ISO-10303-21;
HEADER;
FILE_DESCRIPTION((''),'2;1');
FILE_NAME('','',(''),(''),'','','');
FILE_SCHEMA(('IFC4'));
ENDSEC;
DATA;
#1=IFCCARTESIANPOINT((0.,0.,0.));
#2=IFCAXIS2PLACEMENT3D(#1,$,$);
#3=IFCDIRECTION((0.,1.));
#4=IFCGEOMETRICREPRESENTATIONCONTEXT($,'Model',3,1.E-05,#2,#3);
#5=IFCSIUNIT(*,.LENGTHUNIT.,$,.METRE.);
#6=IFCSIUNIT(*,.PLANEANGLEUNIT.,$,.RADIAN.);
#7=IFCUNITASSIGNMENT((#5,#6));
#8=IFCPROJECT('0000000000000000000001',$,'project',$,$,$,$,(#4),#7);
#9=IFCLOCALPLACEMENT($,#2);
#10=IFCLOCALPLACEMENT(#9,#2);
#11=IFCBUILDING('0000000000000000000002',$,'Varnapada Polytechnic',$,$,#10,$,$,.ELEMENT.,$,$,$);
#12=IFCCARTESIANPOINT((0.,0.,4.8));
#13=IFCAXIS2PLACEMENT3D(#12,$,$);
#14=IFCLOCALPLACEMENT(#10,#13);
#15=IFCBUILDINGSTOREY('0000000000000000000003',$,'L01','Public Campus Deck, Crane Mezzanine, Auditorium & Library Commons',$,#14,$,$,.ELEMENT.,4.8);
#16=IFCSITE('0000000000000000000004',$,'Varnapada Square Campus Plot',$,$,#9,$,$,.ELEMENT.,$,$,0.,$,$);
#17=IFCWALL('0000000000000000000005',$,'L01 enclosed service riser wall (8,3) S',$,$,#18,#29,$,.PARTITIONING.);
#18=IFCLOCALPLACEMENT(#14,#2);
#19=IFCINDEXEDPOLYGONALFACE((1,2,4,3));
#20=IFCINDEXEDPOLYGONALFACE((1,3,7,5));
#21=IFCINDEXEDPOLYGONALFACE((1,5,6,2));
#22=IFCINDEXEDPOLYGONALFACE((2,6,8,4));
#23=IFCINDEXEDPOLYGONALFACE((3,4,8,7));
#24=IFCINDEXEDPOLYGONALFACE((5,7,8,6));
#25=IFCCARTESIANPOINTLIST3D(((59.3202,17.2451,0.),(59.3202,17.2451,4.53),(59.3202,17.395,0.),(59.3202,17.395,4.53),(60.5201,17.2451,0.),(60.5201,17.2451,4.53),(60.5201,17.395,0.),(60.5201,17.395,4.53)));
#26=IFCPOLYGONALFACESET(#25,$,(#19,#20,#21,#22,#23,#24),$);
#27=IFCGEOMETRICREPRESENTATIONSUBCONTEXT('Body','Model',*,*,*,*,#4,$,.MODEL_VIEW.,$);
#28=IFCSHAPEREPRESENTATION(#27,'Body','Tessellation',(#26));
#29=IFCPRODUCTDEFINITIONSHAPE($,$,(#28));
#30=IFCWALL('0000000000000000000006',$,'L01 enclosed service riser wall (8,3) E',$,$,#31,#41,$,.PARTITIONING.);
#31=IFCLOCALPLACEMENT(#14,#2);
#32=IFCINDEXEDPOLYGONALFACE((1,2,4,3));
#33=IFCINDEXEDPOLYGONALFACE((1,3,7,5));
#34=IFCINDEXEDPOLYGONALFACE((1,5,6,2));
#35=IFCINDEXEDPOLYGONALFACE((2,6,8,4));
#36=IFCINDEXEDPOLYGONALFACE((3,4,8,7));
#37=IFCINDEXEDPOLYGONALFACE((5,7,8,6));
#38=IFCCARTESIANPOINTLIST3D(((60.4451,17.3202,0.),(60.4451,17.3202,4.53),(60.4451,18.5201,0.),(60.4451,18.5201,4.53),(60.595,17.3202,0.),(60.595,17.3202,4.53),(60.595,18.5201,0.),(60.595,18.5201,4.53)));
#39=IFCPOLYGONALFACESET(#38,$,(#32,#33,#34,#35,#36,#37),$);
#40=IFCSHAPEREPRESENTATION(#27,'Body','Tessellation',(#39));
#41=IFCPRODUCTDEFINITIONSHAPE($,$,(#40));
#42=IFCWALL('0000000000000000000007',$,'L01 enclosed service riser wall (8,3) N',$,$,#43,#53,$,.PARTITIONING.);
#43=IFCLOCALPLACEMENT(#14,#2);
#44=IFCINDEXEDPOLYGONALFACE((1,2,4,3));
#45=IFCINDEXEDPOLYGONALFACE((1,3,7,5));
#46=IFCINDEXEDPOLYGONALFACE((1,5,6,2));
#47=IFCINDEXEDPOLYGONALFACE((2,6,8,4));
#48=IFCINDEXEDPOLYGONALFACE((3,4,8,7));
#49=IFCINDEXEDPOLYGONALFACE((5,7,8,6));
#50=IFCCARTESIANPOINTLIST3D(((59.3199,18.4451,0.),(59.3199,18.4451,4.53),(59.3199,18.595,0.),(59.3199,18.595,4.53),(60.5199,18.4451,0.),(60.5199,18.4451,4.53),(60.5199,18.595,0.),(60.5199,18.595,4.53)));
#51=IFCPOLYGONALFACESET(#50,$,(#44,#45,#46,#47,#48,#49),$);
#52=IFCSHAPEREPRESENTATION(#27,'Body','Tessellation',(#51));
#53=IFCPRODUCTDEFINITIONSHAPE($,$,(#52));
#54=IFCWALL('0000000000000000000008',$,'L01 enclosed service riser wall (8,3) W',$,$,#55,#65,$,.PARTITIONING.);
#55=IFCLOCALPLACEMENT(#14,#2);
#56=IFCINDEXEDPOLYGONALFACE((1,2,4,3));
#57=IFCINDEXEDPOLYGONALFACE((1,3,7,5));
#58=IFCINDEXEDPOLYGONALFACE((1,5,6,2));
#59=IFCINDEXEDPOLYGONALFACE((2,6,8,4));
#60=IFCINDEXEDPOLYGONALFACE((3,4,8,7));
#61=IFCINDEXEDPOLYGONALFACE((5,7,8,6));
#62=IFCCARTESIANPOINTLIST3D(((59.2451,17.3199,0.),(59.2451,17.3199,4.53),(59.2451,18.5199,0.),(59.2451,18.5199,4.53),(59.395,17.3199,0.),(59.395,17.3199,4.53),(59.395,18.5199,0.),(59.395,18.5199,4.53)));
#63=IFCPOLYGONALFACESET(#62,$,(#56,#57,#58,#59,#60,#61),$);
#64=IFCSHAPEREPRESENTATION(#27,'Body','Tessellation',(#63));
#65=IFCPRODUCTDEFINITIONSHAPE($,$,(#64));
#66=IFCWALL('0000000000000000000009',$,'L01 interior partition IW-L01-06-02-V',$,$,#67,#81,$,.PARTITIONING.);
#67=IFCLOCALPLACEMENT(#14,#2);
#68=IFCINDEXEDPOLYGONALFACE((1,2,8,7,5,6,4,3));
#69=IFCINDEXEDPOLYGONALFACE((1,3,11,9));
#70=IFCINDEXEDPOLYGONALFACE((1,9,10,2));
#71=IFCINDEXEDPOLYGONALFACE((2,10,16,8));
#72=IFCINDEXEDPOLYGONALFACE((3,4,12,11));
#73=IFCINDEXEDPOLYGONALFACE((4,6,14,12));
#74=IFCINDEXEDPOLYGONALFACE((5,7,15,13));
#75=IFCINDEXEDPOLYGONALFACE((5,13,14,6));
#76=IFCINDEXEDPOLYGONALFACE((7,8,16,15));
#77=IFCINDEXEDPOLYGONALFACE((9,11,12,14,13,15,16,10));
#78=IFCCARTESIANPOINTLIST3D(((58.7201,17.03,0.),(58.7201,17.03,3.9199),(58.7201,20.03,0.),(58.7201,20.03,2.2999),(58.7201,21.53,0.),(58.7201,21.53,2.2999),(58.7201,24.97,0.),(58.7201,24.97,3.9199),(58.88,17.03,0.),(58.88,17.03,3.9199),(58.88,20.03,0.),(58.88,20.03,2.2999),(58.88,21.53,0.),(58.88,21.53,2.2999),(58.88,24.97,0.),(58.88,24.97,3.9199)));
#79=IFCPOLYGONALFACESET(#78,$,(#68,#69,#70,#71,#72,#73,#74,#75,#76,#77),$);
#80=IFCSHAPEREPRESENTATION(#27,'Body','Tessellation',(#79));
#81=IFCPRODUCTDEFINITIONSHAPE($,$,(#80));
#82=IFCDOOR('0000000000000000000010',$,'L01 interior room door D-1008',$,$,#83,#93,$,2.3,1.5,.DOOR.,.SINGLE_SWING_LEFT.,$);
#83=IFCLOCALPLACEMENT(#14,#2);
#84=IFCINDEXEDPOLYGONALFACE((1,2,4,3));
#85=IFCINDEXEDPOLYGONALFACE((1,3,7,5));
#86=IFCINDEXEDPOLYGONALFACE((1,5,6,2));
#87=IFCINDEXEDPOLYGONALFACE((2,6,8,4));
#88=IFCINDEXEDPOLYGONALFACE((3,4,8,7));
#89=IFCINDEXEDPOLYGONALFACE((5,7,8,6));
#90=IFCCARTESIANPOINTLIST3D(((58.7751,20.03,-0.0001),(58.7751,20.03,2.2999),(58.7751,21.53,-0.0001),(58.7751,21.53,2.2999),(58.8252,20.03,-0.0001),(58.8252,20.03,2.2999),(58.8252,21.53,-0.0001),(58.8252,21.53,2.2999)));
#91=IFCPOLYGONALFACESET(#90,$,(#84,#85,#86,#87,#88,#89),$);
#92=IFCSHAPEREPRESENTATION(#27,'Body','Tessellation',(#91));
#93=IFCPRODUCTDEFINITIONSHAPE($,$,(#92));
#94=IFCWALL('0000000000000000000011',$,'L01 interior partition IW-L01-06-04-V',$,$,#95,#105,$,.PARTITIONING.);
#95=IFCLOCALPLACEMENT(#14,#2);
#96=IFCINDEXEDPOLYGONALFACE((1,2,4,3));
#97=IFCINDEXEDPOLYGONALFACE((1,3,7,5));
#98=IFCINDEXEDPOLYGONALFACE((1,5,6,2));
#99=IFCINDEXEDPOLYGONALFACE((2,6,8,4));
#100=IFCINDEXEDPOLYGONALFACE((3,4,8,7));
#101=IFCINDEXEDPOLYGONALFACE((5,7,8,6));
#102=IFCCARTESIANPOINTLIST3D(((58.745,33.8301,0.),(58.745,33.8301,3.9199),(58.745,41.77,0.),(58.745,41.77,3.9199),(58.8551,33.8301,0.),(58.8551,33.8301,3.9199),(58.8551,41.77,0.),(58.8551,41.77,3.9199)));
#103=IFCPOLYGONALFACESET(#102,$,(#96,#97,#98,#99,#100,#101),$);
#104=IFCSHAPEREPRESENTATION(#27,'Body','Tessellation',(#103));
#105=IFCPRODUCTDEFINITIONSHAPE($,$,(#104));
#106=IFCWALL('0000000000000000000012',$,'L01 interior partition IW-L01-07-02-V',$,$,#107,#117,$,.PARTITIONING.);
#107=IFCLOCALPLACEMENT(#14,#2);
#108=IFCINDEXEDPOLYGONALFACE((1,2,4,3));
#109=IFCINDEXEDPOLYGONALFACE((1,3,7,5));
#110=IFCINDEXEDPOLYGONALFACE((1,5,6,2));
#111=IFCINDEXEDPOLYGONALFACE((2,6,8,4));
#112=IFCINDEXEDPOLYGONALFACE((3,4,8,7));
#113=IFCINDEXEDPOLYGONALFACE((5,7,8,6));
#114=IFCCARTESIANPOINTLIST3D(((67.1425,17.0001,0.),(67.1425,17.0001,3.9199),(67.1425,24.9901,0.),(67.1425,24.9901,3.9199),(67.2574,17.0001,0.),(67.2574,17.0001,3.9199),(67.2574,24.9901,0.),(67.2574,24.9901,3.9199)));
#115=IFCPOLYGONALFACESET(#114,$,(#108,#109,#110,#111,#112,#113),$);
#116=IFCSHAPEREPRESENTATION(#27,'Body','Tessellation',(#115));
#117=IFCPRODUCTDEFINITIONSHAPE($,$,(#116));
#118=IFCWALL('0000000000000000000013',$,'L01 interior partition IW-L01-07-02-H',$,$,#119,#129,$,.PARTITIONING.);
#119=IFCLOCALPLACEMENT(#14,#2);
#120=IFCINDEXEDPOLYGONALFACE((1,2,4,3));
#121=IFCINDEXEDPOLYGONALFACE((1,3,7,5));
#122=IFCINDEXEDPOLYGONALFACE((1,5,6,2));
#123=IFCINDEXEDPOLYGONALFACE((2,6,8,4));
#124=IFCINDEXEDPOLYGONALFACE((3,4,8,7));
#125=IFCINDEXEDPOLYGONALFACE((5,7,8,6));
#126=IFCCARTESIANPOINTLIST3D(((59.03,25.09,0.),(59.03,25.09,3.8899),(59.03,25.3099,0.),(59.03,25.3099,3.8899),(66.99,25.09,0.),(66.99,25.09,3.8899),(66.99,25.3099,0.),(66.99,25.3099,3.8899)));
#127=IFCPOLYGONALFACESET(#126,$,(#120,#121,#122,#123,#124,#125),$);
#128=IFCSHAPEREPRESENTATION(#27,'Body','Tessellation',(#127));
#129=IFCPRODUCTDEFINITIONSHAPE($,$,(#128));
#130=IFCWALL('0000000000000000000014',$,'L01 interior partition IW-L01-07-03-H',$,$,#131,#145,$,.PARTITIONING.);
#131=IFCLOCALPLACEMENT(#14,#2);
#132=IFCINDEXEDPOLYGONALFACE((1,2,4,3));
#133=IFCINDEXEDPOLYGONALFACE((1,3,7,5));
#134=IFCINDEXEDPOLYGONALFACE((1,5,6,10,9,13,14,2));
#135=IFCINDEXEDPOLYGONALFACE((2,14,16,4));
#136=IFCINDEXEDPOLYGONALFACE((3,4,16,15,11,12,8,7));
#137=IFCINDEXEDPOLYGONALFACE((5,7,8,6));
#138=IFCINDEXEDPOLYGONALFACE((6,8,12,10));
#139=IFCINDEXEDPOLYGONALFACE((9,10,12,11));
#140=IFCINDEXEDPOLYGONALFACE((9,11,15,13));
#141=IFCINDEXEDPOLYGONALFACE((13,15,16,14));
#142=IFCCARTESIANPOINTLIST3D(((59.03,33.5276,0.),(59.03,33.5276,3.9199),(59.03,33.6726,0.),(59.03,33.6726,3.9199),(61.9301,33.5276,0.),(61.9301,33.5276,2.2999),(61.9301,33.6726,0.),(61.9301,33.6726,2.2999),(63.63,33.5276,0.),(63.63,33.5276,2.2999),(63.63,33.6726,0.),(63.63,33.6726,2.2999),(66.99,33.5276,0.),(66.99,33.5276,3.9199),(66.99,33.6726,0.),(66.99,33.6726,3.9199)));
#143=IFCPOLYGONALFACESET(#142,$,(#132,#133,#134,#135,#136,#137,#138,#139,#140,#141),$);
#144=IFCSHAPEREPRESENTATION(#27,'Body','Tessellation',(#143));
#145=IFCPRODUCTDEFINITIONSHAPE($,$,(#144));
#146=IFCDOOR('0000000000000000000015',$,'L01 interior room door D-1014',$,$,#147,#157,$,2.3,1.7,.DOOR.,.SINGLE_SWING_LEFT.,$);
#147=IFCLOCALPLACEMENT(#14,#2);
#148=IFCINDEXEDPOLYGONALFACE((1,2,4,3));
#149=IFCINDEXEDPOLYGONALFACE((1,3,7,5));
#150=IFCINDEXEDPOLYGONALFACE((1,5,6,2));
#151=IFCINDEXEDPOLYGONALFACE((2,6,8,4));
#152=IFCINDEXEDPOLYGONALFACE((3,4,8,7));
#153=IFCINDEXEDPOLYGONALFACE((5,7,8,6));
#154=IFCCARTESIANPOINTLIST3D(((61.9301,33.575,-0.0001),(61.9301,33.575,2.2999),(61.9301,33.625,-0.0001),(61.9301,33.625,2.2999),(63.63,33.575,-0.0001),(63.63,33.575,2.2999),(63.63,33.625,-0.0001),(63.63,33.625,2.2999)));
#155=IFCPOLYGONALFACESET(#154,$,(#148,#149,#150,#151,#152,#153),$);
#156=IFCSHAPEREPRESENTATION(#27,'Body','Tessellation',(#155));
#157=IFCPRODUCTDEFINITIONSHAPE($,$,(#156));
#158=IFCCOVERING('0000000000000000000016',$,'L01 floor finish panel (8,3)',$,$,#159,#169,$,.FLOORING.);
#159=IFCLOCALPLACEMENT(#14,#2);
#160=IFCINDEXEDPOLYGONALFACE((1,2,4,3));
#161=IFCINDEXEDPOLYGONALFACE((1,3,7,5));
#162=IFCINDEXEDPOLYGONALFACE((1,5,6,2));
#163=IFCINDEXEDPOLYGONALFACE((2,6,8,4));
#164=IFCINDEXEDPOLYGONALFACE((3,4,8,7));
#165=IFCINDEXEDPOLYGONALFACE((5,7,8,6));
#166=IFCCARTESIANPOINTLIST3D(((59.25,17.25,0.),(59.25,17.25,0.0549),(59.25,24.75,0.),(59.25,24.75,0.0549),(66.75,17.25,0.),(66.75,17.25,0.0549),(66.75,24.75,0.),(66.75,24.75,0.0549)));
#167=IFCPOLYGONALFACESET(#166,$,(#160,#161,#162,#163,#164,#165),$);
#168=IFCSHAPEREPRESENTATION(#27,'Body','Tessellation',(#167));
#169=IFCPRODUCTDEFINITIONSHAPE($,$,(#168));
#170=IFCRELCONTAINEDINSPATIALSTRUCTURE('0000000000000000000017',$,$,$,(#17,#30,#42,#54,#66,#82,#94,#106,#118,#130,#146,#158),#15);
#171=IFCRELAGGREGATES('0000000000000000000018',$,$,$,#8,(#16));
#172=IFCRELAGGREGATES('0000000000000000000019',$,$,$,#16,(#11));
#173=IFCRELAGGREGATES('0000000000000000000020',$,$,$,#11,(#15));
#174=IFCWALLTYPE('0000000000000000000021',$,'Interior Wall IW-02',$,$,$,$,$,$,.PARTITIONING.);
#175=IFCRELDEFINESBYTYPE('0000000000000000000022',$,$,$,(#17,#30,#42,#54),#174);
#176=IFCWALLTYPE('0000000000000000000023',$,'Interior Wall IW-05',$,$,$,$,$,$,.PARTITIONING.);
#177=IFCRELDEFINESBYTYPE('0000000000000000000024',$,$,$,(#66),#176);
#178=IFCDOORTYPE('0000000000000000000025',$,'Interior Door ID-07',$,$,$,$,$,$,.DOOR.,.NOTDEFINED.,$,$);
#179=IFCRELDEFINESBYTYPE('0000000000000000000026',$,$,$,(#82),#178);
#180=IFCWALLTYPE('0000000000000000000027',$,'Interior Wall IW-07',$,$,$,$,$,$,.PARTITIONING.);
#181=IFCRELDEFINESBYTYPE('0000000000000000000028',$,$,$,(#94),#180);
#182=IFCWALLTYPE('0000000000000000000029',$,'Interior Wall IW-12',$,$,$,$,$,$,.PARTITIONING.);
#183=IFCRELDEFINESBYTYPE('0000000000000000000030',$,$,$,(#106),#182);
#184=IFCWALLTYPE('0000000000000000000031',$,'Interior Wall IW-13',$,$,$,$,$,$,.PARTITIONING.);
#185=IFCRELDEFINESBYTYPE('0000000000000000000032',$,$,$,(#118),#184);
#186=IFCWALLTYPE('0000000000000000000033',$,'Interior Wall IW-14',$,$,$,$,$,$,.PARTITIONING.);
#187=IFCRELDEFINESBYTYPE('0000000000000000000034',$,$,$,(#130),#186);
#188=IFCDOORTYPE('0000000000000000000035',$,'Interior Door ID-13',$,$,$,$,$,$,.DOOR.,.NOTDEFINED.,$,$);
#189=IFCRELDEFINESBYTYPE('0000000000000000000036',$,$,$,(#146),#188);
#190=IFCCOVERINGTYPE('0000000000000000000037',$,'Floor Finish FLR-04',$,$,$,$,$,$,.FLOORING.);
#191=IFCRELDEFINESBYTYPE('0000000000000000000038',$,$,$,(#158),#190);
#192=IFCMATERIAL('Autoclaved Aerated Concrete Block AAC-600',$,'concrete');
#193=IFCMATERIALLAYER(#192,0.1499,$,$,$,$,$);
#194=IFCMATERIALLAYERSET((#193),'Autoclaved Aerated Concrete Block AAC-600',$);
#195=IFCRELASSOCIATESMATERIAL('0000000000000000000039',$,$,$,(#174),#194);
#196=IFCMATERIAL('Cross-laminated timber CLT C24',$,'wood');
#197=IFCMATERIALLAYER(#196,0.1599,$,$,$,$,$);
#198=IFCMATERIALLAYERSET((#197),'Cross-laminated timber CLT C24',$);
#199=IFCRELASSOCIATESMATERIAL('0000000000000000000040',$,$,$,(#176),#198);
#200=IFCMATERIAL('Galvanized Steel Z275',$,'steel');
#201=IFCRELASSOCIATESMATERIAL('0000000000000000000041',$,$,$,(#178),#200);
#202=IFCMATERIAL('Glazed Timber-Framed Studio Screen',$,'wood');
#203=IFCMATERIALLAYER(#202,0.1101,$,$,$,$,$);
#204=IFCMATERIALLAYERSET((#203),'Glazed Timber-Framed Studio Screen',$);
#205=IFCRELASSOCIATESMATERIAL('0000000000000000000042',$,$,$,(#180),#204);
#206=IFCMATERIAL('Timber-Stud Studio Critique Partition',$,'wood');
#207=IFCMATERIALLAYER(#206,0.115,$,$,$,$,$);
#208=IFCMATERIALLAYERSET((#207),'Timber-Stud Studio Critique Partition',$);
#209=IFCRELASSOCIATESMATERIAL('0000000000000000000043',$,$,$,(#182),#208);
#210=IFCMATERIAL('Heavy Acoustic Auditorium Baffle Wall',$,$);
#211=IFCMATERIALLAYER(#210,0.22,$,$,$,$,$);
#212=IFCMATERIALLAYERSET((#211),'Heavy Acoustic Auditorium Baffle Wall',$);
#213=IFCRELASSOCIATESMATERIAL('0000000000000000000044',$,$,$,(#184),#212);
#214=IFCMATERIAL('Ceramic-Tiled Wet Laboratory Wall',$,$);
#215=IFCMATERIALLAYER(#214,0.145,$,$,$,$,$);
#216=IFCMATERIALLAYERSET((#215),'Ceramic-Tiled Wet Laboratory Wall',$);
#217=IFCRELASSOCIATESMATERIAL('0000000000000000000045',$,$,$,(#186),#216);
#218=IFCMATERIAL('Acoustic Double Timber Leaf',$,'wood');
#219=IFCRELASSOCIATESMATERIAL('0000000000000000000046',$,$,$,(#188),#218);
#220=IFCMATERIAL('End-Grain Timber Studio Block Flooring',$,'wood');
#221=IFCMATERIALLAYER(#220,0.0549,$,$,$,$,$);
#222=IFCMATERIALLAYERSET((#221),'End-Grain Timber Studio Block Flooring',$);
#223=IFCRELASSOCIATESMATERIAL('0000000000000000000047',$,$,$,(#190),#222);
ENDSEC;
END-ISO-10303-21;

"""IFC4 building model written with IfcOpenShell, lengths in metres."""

from ifc_helpers import new_model, si_unit, direction, frame, frame_2d, origin, origin_2d, place, context, subcontext, project, spatial, rectangle, extrude, material, layer, layer_set, type_object, element, fill, save


model = new_model("IFC4")

# Units and contexts
model_context = context("Model", 3, precision=1e-05, world=origin(), true_north=direction((0.0, 1.0)))
body_context = subcontext(model_context, "Body", "Model", "MODEL_VIEW")
ifc_project = project(units=[si_unit("LENGTHUNIT", "METRE"), si_unit("PLANEANGLEUNIT", "RADIAN")], contexts=[model_context])

# Site, building, storey
site_placement = place(None, origin())
site = spatial("IfcSite", under=ifc_project, at=site_placement, Name="Varnapada Square Campus Plot", CompositionType="ELEMENT", RefElevation=0.0)
building_placement = place(site_placement, origin())
building = spatial("IfcBuilding", under=site, at=building_placement, Name="Varnapada Polytechnic", CompositionType="ELEMENT")
storey_placement = place(building_placement, frame((0.0, 0.0, 4.8)))
storey = spatial("IfcBuildingStorey", under=building, at=storey_placement, Name="L01", Description="Public Campus Deck, Crane Mezzanine, Auditorium & Library Commons", CompositionType="ELEMENT", Elevation=4.8)

# Walls
ifc_material_1 = material(Name="Autoclaved Aerated Concrete Block AAC-600", Category="concrete")
ifc_layer_1 = layer(ifc_material_1, 0.1499)
ifc_layer_set_1 = layer_set([ifc_layer_1], Name="Autoclaved Aerated Concrete Block AAC-600")
wall_type_1 = type_object("IfcWallType", Name="Interior Wall IW-02", PredefinedType="PARTITIONING", material=ifc_layer_set_1)
for number, where, z_axis, x_axis, name in (
    (1, (59.3201, 17.3201, 0.0), (0.0, 0.0, 1.0), (1.0, 0.0, 0.0), "L01 enclosed service riser wall (8,3) S"),
    (2, (60.52, 17.3201, 0.0), (0.0, 0.0, 1.0), (0.0, 1.0, 0.0), "L01 enclosed service riser wall (8,3) E"),
    (3, (60.52, 18.52, 0.0), (0.0, 0.0, 1.0), (-1.0, 0.0, 0.0), "L01 enclosed service riser wall (8,3) N"),
    (4, (59.3201, 18.52, 0.0), (0.0, 0.0, 1.0), (0.0, -1.0, 0.0), "L01 enclosed service riser wall (8,3) W"),
):
    element("IfcWall", number, at=place(storey_placement, frame(where, z_axis=z_axis, x_axis=x_axis)), inside=storey, type_object=wall_type_1, Name=name, PredefinedType="PARTITIONING", context=body_context, shape_type="SweptSolid", body=[
        extrude(rectangle(XDim=1.2, YDim=0.1499, at=frame_2d((0.6001, 0.0))), origin(), (0.0, 0.0, 1.0), 4.53),
    ])

# Wall, opening, door
ifc_material_2 = material(Name="Cross-laminated timber CLT C24", Category="wood")
ifc_layer_2 = layer(ifc_material_2, 0.1599)
ifc_layer_set_2 = layer_set([ifc_layer_2], Name="Cross-laminated timber CLT C24")
wall_type_2 = type_object("IfcWallType", Name="Interior Wall IW-05", PredefinedType="PARTITIONING", material=ifc_layer_set_2)
wall_1_placement = place(storey_placement, frame((58.8, 17.03, 0.0), z_axis=(0.0, 0.0, 1.0), x_axis=(0.0, 1.0, 0.0)))
wall_1 = element("IfcWall", 5, at=wall_1_placement, inside=storey, type_object=wall_type_2, Name="L01 interior partition IW-L01-06-02-V", PredefinedType="PARTITIONING", context=body_context, shape_type="SweptSolid", body=[
    extrude(rectangle(XDim=7.9399, YDim=0.1599, at=frame_2d((3.97, 0.0))), origin(), (0.0, 0.0, 1.0), 3.9199),
])
opening_1_placement = place(wall_1_placement, frame((3.0, 0.0, 0.0)))
opening_1 = element("IfcOpeningElement", 6, at=opening_1_placement, cuts=wall_1, PredefinedType="OPENING", context=body_context, shape_type="SweptSolid", body=[
    extrude(rectangle(XDim=1.5, YDim=2.3, at=frame_2d((0.75, 1.1499))), frame((0.0, 0.0898, 0.0), z_axis=(0.0, -1.0, 0.0), x_axis=(1.0, 0.0, 0.0)), (0.0, 0.0, 1.0), 0.1799),
])
ifc_material_3 = material(Name="Galvanized Steel Z275", Category="steel")
door_type_1 = type_object("IfcDoorType", Name="Interior Door ID-07", OperationType="NOTDEFINED", PredefinedType="DOOR", material=ifc_material_3)
door_1_placement = place(opening_1_placement, origin())
door_1 = element("IfcDoor", 7, at=door_1_placement, inside=storey, type_object=door_type_1, Name="L01 interior room door D-1008", OperationType="SINGLE_SWING_LEFT", OverallHeight=2.3, OverallWidth=1.5, PredefinedType="DOOR", context=body_context, shape_type="SweptSolid", body=[
    extrude(rectangle(XDim=1.5, YDim=2.3, at=frame_2d((0.75, 1.1499))), frame((0.0, 0.0249, 0.0), z_axis=(0.0, -1.0, 0.0), x_axis=(1.0, 0.0, 0.0)), (0.0, 0.0, 1.0), 0.05),
])
fill(opening_1, door_1)

# Walls
ifc_material_4 = material(Name="Glazed Timber-Framed Studio Screen", Category="wood")
ifc_layer_3 = layer(ifc_material_4, 0.1101)
ifc_layer_set_3 = layer_set([ifc_layer_3], Name="Glazed Timber-Framed Studio Screen")
wall_type_3 = type_object("IfcWallType", Name="Interior Wall IW-07", PredefinedType="PARTITIONING", material=ifc_layer_set_3)
wall_2_placement = place(storey_placement, frame((58.8, 33.8301, 0.0), z_axis=(0.0, 0.0, 1.0), x_axis=(0.0, 1.0, 0.0)))
element("IfcWall", 8, at=wall_2_placement, inside=storey, type_object=wall_type_3, Name="L01 interior partition IW-L01-06-04-V", PredefinedType="PARTITIONING", context=body_context, shape_type="SweptSolid", body=[
    extrude(rectangle(XDim=7.9399, YDim=0.1101, at=frame_2d((3.97, 0.0))), origin(), (0.0, 0.0, 1.0), 3.9199),
])
ifc_material_5 = material(Name="Timber-Stud Studio Critique Partition", Category="wood")
ifc_layer_4 = layer(ifc_material_5, 0.115)
ifc_layer_set_4 = layer_set([ifc_layer_4], Name="Timber-Stud Studio Critique Partition")
wall_type_4 = type_object("IfcWallType", Name="Interior Wall IW-12", PredefinedType="PARTITIONING", material=ifc_layer_set_4)
wall_3_placement = place(storey_placement, frame((67.2, 17.0, 0.0), z_axis=(0.0, 0.0, 1.0), x_axis=(0.0, 1.0, 0.0)))
element("IfcWall", 9, at=wall_3_placement, inside=storey, type_object=wall_type_4, Name="L01 interior partition IW-L01-07-02-V", PredefinedType="PARTITIONING", context=body_context, shape_type="SweptSolid", body=[
    extrude(rectangle(XDim=7.99, YDim=0.115, at=frame_2d((3.9951, 0.0))), origin(), (0.0, 0.0, 1.0), 3.9199),
])
ifc_material_6 = material(Name="Heavy Acoustic Auditorium Baffle Wall")
ifc_layer_5 = layer(ifc_material_6, 0.22)
ifc_layer_set_5 = layer_set([ifc_layer_5], Name="Heavy Acoustic Auditorium Baffle Wall")
wall_type_5 = type_object("IfcWallType", Name="Interior Wall IW-13", PredefinedType="PARTITIONING", material=ifc_layer_set_5)
wall_4_placement = place(storey_placement, frame((59.03, 25.2, 0.0), z_axis=(0.0, 0.0, 1.0), x_axis=(1.0, 0.0, 0.0)))
element("IfcWall", 10, at=wall_4_placement, inside=storey, type_object=wall_type_5, Name="L01 interior partition IW-L01-07-02-H", PredefinedType="PARTITIONING", context=body_context, shape_type="SweptSolid", body=[
    extrude(rectangle(XDim=7.96, YDim=0.22, at=frame_2d((3.98, 0.0))), origin(), (0.0, 0.0, 1.0), 3.8899),
])

# Wall, opening, door
ifc_material_7 = material(Name="Ceramic-Tiled Wet Laboratory Wall")
ifc_layer_6 = layer(ifc_material_7, 0.145)
ifc_layer_set_6 = layer_set([ifc_layer_6], Name="Ceramic-Tiled Wet Laboratory Wall")
wall_type_6 = type_object("IfcWallType", Name="Interior Wall IW-14", PredefinedType="PARTITIONING", material=ifc_layer_set_6)
wall_5_placement = place(storey_placement, frame((59.03, 33.6001, 0.0), z_axis=(0.0, 0.0, 1.0), x_axis=(1.0, 0.0, 0.0)))
wall_5 = element("IfcWall", 11, at=wall_5_placement, inside=storey, type_object=wall_type_6, Name="L01 interior partition IW-L01-07-03-H", PredefinedType="PARTITIONING", context=body_context, shape_type="SweptSolid", body=[
    extrude(rectangle(XDim=7.96, YDim=0.145, at=frame_2d((3.98, 0.0))), origin(), (0.0, 0.0, 1.0), 3.9199),
])
opening_2_placement = place(wall_5_placement, frame((2.8999, 0.0, 0.0)))
opening_2 = element("IfcOpeningElement", 12, at=opening_2_placement, cuts=wall_5, PredefinedType="OPENING", context=body_context, shape_type="SweptSolid", body=[
    extrude(rectangle(XDim=1.7, YDim=2.3, at=frame_2d((0.8501, 1.1499))), frame((0.0, 0.0825, 0.0), z_axis=(0.0, -1.0, 0.0), x_axis=(1.0, 0.0, 0.0)), (0.0, 0.0, 1.0), 0.165),
])
ifc_material_8 = material(Name="Acoustic Double Timber Leaf", Category="wood")
door_type_2 = type_object("IfcDoorType", Name="Interior Door ID-13", OperationType="NOTDEFINED", PredefinedType="DOOR", material=ifc_material_8)
door_2_placement = place(opening_2_placement, origin())
door_2 = element("IfcDoor", 13, at=door_2_placement, inside=storey, type_object=door_type_2, Name="L01 interior room door D-1014", OperationType="SINGLE_SWING_LEFT", OverallHeight=2.3, OverallWidth=1.7, PredefinedType="DOOR", context=body_context, shape_type="SweptSolid", body=[
    extrude(rectangle(XDim=1.7, YDim=2.3, at=frame_2d((0.8501, 1.1499))), frame((0.0, 0.0249, 0.0), z_axis=(0.0, -1.0, 0.0), x_axis=(1.0, 0.0, 0.0)), (0.0, 0.0, 1.0), 0.05),
])
fill(opening_2, door_2)

# Covering
ifc_material_9 = material(Name="End-Grain Timber Studio Block Flooring", Category="wood")
ifc_layer_7 = layer(ifc_material_9, 0.0549)
ifc_layer_set_7 = layer_set([ifc_layer_7], Name="End-Grain Timber Studio Block Flooring")
covering_type_1 = type_object("IfcCoveringType", Name="Floor Finish FLR-04", PredefinedType="FLOORING", material=ifc_layer_set_7)
covering_1_placement = place(storey_placement, frame((63.0, 21.0, 0.0), z_axis=(0.0, 0.0, 1.0), x_axis=(1.0, 0.0, 0.0)))
element("IfcCovering", 14, at=covering_1_placement, inside=storey, type_object=covering_type_1, Name="L01 floor finish panel (8,3)", PredefinedType="FLOORING", context=body_context, shape_type="SweptSolid", body=[
    extrude(rectangle(XDim=7.5, YDim=7.5, at=origin_2d()), origin(), (0.0, 0.0, 1.0), 0.0549),
])

save(model, "model.ifc")
